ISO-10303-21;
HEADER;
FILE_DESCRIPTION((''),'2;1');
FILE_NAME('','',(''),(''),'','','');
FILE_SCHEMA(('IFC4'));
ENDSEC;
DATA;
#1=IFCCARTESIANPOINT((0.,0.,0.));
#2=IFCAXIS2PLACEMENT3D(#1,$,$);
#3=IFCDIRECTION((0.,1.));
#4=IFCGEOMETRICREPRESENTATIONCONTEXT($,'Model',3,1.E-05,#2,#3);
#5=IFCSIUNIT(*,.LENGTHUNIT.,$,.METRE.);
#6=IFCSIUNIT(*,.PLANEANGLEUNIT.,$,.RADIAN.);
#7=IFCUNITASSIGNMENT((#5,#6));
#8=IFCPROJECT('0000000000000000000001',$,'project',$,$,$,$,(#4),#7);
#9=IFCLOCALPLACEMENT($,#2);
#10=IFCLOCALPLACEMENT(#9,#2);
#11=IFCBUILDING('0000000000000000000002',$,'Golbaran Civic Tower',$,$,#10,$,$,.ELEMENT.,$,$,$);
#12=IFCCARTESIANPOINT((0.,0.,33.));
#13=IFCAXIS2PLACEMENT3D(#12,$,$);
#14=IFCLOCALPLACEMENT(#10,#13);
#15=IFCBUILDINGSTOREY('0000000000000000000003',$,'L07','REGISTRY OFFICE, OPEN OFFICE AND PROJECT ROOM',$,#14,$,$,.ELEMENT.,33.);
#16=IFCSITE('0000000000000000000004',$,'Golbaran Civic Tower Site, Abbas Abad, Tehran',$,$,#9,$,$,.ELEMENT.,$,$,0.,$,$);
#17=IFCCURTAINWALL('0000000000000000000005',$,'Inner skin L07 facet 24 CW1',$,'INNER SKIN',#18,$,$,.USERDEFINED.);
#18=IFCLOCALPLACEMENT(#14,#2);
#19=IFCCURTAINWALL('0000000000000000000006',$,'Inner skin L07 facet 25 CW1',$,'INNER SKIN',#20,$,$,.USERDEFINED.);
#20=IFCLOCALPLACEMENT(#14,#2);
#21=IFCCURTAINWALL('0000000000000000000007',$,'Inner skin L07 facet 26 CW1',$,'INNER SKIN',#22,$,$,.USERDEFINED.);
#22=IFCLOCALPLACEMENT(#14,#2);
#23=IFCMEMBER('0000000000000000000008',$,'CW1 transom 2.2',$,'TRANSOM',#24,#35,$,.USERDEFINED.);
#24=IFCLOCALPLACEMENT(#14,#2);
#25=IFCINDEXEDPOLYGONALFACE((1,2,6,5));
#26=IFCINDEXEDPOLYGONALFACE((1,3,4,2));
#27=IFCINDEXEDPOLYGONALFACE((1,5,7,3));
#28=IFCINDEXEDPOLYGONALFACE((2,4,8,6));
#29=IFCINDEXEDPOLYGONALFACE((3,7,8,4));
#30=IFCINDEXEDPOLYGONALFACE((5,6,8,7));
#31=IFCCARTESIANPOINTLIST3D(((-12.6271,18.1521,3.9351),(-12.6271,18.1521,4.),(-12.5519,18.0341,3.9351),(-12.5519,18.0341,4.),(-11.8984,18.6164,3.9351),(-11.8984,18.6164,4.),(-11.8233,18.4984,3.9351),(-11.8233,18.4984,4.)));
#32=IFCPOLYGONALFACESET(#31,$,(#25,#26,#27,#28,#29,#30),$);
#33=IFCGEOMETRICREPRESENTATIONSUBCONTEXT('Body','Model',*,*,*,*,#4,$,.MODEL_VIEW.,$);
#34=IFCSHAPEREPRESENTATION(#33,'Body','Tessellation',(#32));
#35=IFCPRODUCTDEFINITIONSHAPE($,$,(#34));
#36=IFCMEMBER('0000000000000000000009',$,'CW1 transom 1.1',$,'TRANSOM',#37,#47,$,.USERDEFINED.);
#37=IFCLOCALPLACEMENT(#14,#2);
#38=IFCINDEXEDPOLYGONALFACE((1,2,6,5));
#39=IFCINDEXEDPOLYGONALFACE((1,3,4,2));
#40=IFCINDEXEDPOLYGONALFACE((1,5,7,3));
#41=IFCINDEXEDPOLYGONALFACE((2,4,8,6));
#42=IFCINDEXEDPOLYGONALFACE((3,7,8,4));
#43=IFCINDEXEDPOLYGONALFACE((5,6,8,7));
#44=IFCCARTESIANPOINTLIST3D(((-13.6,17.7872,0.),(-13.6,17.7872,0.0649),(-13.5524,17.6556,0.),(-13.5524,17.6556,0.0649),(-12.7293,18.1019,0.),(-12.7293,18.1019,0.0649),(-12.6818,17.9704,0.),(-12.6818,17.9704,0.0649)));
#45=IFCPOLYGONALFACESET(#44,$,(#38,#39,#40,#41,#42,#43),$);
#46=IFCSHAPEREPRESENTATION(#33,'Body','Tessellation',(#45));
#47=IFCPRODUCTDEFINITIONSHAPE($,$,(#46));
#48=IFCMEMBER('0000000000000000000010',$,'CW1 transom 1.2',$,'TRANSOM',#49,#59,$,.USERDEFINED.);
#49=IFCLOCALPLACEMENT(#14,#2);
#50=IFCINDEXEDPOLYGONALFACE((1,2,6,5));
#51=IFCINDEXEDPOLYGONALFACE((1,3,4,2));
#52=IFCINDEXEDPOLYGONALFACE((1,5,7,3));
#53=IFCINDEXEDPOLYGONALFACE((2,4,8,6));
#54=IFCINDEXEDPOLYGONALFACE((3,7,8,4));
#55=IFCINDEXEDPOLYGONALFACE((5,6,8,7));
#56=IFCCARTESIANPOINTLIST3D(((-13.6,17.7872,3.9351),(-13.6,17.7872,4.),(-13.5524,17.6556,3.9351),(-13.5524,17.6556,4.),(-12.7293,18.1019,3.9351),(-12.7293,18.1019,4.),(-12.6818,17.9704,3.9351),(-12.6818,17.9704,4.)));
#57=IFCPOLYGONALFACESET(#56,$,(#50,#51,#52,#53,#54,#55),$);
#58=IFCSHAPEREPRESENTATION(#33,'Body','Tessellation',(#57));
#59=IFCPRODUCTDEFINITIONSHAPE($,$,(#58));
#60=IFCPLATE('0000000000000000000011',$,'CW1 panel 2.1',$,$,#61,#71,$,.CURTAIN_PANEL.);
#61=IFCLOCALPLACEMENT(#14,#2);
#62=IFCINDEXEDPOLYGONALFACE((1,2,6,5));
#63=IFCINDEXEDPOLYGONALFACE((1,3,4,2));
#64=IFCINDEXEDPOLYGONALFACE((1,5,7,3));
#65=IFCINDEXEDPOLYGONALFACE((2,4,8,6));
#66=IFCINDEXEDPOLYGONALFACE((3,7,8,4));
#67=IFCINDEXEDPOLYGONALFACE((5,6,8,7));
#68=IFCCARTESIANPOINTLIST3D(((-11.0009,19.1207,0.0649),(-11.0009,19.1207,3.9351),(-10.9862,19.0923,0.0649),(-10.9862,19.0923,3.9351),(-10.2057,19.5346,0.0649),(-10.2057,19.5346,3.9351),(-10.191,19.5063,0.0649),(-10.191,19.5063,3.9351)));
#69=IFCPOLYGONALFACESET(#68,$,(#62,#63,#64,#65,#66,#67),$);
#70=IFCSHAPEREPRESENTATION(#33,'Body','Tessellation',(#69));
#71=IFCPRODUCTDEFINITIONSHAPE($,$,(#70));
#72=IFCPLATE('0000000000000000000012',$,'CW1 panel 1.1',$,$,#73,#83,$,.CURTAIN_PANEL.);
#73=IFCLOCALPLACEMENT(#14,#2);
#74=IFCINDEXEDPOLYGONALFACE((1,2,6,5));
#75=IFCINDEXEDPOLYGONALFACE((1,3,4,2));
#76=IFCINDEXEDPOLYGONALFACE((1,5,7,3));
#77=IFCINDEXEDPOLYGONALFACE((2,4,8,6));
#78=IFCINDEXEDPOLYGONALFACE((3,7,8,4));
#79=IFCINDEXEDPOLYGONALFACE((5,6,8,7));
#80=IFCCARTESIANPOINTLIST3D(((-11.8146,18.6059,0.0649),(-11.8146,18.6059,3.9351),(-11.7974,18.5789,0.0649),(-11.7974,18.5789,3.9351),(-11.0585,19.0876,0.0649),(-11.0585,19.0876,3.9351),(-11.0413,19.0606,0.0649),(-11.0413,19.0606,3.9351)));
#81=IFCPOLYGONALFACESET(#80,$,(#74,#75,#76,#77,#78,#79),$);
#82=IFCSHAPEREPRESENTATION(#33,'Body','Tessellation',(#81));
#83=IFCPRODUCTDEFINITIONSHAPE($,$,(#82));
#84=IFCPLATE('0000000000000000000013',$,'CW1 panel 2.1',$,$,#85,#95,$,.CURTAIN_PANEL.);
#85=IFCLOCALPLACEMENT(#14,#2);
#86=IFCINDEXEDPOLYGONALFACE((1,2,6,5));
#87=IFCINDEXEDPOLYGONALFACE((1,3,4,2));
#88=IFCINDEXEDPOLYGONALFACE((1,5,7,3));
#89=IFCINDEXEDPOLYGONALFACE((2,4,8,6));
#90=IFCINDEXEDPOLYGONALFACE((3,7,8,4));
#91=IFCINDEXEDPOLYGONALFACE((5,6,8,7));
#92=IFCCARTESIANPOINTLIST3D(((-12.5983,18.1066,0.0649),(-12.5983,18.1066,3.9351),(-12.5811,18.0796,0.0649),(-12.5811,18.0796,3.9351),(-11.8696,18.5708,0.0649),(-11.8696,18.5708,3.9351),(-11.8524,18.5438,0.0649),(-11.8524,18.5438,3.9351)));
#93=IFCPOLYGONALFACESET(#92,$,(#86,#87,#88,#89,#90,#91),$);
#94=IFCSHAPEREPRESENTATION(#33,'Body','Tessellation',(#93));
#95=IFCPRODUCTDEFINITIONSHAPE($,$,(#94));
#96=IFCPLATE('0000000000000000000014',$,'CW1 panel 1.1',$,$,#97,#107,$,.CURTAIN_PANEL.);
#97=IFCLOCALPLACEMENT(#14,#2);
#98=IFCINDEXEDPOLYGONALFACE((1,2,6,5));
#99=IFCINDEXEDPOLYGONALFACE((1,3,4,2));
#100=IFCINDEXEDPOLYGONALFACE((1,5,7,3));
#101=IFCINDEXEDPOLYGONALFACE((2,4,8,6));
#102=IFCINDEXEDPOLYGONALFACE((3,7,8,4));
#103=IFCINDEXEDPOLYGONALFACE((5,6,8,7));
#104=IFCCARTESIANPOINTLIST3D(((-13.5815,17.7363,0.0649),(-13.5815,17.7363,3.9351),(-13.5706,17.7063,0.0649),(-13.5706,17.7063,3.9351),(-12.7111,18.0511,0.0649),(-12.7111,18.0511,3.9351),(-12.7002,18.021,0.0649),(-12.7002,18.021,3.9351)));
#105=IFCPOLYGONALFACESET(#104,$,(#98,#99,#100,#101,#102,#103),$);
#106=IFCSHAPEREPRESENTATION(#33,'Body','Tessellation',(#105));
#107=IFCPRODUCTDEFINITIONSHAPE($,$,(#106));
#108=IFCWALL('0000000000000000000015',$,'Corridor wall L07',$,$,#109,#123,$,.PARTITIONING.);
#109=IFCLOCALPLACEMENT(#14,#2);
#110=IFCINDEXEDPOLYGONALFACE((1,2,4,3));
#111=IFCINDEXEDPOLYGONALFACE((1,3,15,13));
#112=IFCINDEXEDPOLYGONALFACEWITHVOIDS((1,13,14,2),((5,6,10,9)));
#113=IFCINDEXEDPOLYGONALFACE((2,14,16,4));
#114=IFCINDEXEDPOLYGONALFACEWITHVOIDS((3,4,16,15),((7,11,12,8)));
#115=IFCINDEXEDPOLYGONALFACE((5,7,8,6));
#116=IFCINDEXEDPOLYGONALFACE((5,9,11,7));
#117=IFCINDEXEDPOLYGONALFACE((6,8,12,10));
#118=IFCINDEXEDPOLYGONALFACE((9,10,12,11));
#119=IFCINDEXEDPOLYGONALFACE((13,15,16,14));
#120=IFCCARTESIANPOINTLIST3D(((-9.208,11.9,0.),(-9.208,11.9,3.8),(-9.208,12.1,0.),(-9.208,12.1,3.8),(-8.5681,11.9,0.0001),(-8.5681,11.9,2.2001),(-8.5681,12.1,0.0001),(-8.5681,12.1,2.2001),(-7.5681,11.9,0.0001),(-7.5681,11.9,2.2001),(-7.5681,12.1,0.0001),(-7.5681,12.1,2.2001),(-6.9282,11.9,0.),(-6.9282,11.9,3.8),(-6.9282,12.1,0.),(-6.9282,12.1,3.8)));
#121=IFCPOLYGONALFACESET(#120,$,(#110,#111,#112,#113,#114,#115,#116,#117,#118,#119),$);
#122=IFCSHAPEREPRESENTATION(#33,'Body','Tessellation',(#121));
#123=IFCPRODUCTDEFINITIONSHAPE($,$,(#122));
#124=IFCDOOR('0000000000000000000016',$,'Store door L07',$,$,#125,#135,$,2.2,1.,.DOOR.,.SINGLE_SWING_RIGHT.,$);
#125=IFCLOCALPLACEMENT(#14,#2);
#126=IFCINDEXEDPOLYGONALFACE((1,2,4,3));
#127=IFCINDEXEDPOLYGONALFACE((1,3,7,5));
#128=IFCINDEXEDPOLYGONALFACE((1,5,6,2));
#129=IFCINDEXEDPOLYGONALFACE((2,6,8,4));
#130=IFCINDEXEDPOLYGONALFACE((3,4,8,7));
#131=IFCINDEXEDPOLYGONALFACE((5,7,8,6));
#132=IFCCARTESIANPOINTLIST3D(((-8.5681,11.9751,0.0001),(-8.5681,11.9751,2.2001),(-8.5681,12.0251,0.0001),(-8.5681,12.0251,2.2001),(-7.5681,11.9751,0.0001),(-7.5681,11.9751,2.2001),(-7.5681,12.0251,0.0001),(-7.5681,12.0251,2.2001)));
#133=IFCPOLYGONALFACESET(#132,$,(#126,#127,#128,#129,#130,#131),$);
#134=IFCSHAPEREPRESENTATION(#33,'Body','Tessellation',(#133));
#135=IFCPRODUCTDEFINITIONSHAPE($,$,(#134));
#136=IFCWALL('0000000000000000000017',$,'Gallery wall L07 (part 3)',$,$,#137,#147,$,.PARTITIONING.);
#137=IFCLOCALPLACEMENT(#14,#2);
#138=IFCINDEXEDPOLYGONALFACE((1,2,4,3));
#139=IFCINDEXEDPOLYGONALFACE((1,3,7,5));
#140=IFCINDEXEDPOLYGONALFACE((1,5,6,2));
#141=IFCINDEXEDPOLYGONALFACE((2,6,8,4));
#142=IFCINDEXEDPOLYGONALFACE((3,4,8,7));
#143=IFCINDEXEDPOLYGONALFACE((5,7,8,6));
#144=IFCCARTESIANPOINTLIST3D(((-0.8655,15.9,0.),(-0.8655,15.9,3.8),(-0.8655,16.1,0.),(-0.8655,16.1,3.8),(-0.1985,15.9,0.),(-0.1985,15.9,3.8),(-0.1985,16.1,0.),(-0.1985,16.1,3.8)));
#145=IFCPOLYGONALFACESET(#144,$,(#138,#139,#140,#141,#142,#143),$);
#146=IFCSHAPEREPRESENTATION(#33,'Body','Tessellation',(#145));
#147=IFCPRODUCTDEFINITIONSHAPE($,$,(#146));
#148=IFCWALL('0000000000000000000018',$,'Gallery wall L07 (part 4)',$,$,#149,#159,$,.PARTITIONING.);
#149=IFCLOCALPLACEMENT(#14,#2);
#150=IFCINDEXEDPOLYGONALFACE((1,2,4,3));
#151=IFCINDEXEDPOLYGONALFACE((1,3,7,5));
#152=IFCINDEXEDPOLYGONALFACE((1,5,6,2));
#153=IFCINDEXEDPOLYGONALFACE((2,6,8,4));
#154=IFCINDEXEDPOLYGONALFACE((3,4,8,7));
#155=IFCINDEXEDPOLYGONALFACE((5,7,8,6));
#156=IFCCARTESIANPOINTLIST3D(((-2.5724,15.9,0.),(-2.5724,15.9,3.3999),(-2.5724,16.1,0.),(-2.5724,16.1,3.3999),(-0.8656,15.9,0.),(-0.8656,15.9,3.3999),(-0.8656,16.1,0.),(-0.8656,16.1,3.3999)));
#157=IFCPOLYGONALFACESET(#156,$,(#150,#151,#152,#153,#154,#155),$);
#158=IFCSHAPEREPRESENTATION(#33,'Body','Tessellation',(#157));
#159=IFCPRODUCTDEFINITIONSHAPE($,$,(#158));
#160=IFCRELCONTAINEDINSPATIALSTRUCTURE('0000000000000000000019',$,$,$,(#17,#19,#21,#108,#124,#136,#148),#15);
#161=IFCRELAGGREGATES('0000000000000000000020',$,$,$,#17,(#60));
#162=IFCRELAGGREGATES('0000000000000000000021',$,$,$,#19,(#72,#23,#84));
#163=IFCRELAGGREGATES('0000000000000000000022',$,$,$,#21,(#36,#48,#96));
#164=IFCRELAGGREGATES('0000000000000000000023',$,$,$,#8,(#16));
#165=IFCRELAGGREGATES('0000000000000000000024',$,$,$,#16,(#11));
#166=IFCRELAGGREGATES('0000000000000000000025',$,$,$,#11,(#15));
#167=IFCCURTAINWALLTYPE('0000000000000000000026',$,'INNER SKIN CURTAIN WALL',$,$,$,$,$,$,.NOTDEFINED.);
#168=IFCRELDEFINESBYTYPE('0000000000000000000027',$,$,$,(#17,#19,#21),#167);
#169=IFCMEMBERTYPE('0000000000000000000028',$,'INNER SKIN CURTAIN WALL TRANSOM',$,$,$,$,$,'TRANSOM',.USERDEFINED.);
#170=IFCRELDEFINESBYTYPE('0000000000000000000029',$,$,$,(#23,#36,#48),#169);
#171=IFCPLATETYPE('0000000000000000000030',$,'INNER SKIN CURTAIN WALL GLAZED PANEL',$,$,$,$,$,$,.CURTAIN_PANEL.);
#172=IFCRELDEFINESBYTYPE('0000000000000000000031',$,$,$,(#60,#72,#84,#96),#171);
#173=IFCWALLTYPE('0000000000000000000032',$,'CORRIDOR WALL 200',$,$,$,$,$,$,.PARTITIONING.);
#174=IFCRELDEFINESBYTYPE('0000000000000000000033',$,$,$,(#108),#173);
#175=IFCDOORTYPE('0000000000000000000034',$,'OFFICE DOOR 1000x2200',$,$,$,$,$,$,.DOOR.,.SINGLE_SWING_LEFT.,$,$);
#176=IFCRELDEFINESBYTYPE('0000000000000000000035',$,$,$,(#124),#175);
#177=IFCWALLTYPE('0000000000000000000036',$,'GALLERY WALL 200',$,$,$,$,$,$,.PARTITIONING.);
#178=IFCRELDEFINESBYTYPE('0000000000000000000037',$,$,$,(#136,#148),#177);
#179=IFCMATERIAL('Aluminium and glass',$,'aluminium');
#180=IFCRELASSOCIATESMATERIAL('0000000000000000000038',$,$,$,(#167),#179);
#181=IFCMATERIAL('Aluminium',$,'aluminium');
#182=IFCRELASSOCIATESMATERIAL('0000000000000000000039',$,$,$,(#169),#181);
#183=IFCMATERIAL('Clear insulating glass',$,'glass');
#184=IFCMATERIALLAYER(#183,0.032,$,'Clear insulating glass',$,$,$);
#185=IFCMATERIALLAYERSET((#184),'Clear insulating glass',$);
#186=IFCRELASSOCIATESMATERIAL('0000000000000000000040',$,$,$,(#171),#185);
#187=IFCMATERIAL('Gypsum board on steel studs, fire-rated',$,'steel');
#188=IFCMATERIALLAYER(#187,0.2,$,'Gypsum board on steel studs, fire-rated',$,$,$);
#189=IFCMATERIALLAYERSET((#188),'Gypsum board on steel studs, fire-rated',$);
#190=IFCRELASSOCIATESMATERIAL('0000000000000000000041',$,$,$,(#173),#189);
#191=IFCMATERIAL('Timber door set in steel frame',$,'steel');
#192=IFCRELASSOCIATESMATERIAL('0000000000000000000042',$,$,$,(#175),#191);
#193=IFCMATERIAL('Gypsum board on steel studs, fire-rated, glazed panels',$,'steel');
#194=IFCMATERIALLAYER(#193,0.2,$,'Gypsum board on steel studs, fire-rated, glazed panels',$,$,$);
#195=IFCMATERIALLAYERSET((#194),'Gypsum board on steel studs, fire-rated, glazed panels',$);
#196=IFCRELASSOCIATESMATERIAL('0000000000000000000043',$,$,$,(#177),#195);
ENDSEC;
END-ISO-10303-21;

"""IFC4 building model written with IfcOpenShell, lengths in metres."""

from ifc_helpers import new_model, si_unit, direction, frame, frame_2d, origin, origin_2d, place, context, subcontext, project, spatial, rectangle, extrude, material, layer, layer_set, material_profile, profile_set, type_object, element, fill, aggregate, save


model = new_model("IFC4")

# Units and contexts
model_context = context("Model", 3, precision=1e-05, world=origin(), true_north=direction((0.0, 1.0)))
body_context = subcontext(model_context, "Body", "Model", "MODEL_VIEW")
ifc_project = project(units=[si_unit("LENGTHUNIT", "METRE"), si_unit("PLANEANGLEUNIT", "RADIAN")], contexts=[model_context])

# Site, building, storey
site_placement = place(None, origin())
site = spatial("IfcSite", under=ifc_project, at=site_placement, Name="Golbaran Civic Tower Site, Abbas Abad, Tehran", CompositionType="ELEMENT", RefElevation=0.0)
building_placement = place(site_placement, origin())
building = spatial("IfcBuilding", under=site, at=building_placement, Name="Golbaran Civic Tower", CompositionType="ELEMENT")
storey_placement = place(building_placement, frame((0.0, 0.0, 33.0)))
storey = spatial("IfcBuildingStorey", under=building, at=storey_placement, Name="L07", Description="REGISTRY OFFICE, OPEN OFFICE AND PROJECT ROOM", CompositionType="ELEMENT", Elevation=33.0)

# Curtain walls
ifc_material_1 = material(Name="Aluminium and glass", Category="aluminium")
curtain_wall_type = type_object("IfcCurtainWallType", Name="INNER SKIN CURTAIN WALL", PredefinedType="NOTDEFINED", material=ifc_material_1)
curtain_wall_1_placement = place(storey_placement, origin())
curtain_wall_1 = element("IfcCurtainWall", 1, at=curtain_wall_1_placement, inside=storey, type_object=curtain_wall_type, Name="Inner skin L07 facet 24 CW1", ObjectType="INNER SKIN", PredefinedType="USERDEFINED")
ifc_material_2 = material(Name="Aluminium", Category="aluminium")
curtain_wall_2_placement = place(storey_placement, origin())
curtain_wall_2 = element("IfcCurtainWall", 2, at=curtain_wall_2_placement, inside=storey, type_object=curtain_wall_type, Name="Inner skin L07 facet 25 CW1", ObjectType="INNER SKIN", PredefinedType="USERDEFINED")
curtain_wall_3_placement = place(storey_placement, origin())
curtain_wall_3 = element("IfcCurtainWall", 3, at=curtain_wall_3_placement, inside=storey, type_object=curtain_wall_type, Name="Inner skin L07 facet 26 CW1", ObjectType="INNER SKIN", PredefinedType="USERDEFINED")

# Members
ifc_material_profile_1 = material_profile(ifc_material_2, rectangle(XDim=0.1399, YDim=0.0649, at=origin_2d()), Name="INNER SKIN CURTAIN WALL TRANSOM")
ifc_profile_set_1 = profile_set([ifc_material_profile_1], Name="Aluminium")
member_type_1 = type_object("IfcMemberType", Name="INNER SKIN CURTAIN WALL TRANSOM", ElementType="TRANSOM", PredefinedType="USERDEFINED", material=ifc_profile_set_1)
member_1_placement = place(storey_placement, frame((-11.8608, 18.5574, 3.9675), z_axis=(-0.843347, -0.537369, 0.0), x_axis=(0.537369, -0.843347, 0.0)))
member_1 = element("IfcMember", 4, at=member_1_placement, type_object=member_type_1, Name="CW1 transom 2.2", ObjectType="TRANSOM", PredefinedType="USERDEFINED", context=body_context, shape_type="SweptSolid", body=[
    extrude(rectangle(XDim=0.1399, YDim=0.0649, at=origin_2d()), origin(), (0.0, 0.0, 1.0), 0.864),
])
member_2_placement = place(storey_placement, frame((-12.7056, 18.0361, 0.0325), z_axis=(-0.940446, -0.339943, 0.0), x_axis=(0.339943, -0.940446, 0.0)))
member_2 = element("IfcMember", 5, at=member_2_placement, type_object=member_type_1, Name="CW1 transom 1.1", ObjectType="TRANSOM", PredefinedType="USERDEFINED", context=body_context, shape_type="SweptSolid", body=[
    extrude(rectangle(XDim=0.1399, YDim=0.0649, at=origin_2d()), origin(), (0.0, 0.0, 1.0), 0.9258),
])
member_3_placement = place(storey_placement, frame((-12.7056, 18.0361, 3.9675), z_axis=(-0.940446, -0.339943, 0.0), x_axis=(0.339943, -0.940446, 0.0)))
member_3 = element("IfcMember", 6, at=member_3_placement, type_object=member_type_1, Name="CW1 transom 1.2", ObjectType="TRANSOM", PredefinedType="USERDEFINED", context=body_context, shape_type="SweptSolid", body=[
    extrude(rectangle(XDim=0.1399, YDim=0.0649, at=origin_2d()), origin(), (0.0, 0.0, 1.0), 0.9258),
])

# Plates
ifc_material_3 = material(Name="Clear insulating glass", Category="glass")
ifc_layer_1 = layer(ifc_material_3, 0.032, Name="Clear insulating glass")
ifc_layer_set_1 = layer_set([ifc_layer_1], Name="Clear insulating glass")
plate_type = type_object("IfcPlateType", Name="INNER SKIN CURTAIN WALL GLAZED PANEL", PredefinedType="CURTAIN_PANEL", material=ifc_layer_set_1)
plate_1_placement = place(storey_placement, frame((-10.5959, 19.3135, 0.0649), z_axis=(0.0, 0.0, 1.0), x_axis=(-0.887011, -0.461749, 0.0)))
plate_1 = element("IfcPlate", 7, at=plate_1_placement, type_object=plate_type, Name="CW1 panel 2.1", PredefinedType="CURTAIN_PANEL", context=body_context, shape_type="SweptSolid", body=[
    extrude(rectangle(XDim=0.8965, YDim=0.032, at=origin_2d()), origin(), (0.0, 0.0, 1.0), 3.8701),
])
aggregate(curtain_wall_1, [plate_1])
plate_2_placement = place(storey_placement, frame((-11.428, 18.8333, 0.0649), z_axis=(0.0, 0.0, 1.0), x_axis=(-0.843391, -0.5373, 0.0)))
plate_2 = element("IfcPlate", 8, at=plate_2_placement, type_object=plate_type, Name="CW1 panel 1.1", PredefinedType="CURTAIN_PANEL", context=body_context, shape_type="SweptSolid", body=[
    extrude(rectangle(XDim=0.8965, YDim=0.032, at=origin_2d()), origin(), (0.0, 0.0, 1.0), 3.8701),
])
plate_3_placement = place(storey_placement, frame((-12.2253, 18.3252, 0.0649), z_axis=(0.0, 0.0, 1.0), x_axis=(-0.843391, -0.5373, 0.0)))
plate_3 = element("IfcPlate", 9, at=plate_3_placement, type_object=plate_type, Name="CW1 panel 2.1", PredefinedType="CURTAIN_PANEL", context=body_context, shape_type="SweptSolid", body=[
    extrude(rectangle(XDim=0.864, YDim=0.032, at=origin_2d()), origin(), (0.0, 0.0, 1.0), 3.8701),
])
aggregate(curtain_wall_2, [plate_2, member_1, plate_3])
plate_4_placement = place(storey_placement, frame((-13.1409, 17.8787, 0.0649), z_axis=(0.0, 0.0, 1.0), x_axis=(-0.940409, -0.340045, 0.0)))
plate_4 = element("IfcPlate", 10, at=plate_4_placement, type_object=plate_type, Name="CW1 panel 1.1", PredefinedType="CURTAIN_PANEL", context=body_context, shape_type="SweptSolid", body=[
    extrude(rectangle(XDim=0.9255, YDim=0.032, at=origin_2d()), origin(), (0.0, 0.0, 1.0), 3.8701),
])
aggregate(curtain_wall_3, [member_2, member_3, plate_4])

# Wall, opening, door
ifc_material_4 = material(Name="Gypsum board on steel studs, fire-rated", Category="steel")
ifc_layer_2 = layer(ifc_material_4, 0.2, Name="Gypsum board on steel studs, fire-rated")
ifc_layer_set_2 = layer_set([ifc_layer_2], Name="Gypsum board on steel studs, fire-rated")
wall_type_1 = type_object("IfcWallType", Name="CORRIDOR WALL 200", PredefinedType="PARTITIONING", material=ifc_layer_set_2)
wall_1_placement = place(storey_placement, frame((-6.9282, 12.0, 0.0), z_axis=(0.0, 0.0, 1.0), x_axis=(-1.0, 0.0, 0.0)))
wall_1 = element("IfcWall", 11, at=wall_1_placement, inside=storey, type_object=wall_type_1, Name="Corridor wall L07", PredefinedType="PARTITIONING", context=body_context, shape_type="SweptSolid", body=[
    extrude(rectangle(XDim=2.2798, YDim=0.2, at=frame_2d((1.1399, 0.0))), origin(), (0.0, 0.0, 1.0), 3.8),
])
opening_1_placement = place(wall_1_placement, frame((0.6399, 0.0, 0.0)))
opening_1 = element("IfcOpeningElement", 12, at=opening_1_placement, cuts=wall_1, PredefinedType="OPENING", context=body_context, shape_type="SweptSolid", body=[
    extrude(rectangle(XDim=1.0, YDim=2.2, at=frame_2d((0.5, 1.1001))), frame((0.0, 0.1099, 0.0), z_axis=(0.0, -1.0, 0.0), x_axis=(1.0, 0.0, 0.0)), (0.0, 0.0, 1.0), 0.22),
])
ifc_material_5 = material(Name="Timber door set in steel frame", Category="steel")
door_type = type_object("IfcDoorType", Name="OFFICE DOOR 1000x2200", OperationType="SINGLE_SWING_LEFT", PredefinedType="DOOR", material=ifc_material_5)
door_1_placement = place(opening_1_placement, origin())
door_1 = element("IfcDoor", 13, at=door_1_placement, inside=storey, type_object=door_type, Name="Store door L07", OperationType="SINGLE_SWING_RIGHT", OverallHeight=2.2, OverallWidth=1.0, PredefinedType="DOOR", context=body_context, shape_type="SweptSolid", body=[
    extrude(rectangle(XDim=1.0, YDim=2.2, at=frame_2d((0.5, 1.1001))), frame((0.0, 0.0249, 0.0), z_axis=(0.0, -1.0, 0.0), x_axis=(1.0, 0.0, 0.0)), (0.0, 0.0, 1.0), 0.05),
])
fill(opening_1, door_1)

# Walls
ifc_material_6 = material(Name="Gypsum board on steel studs, fire-rated, glazed panels", Category="steel")
ifc_layer_3 = layer(ifc_material_6, 0.2, Name="Gypsum board on steel studs, fire-rated, glazed panels")
ifc_layer_set_3 = layer_set([ifc_layer_3], Name="Gypsum board on steel studs, fire-rated, glazed panels")
wall_type_2 = type_object("IfcWallType", Name="GALLERY WALL 200", PredefinedType="PARTITIONING", material=ifc_layer_set_3)
wall_2_placement = place(storey_placement, frame((-0.1985, 16.0, 0.0), z_axis=(0.0, 0.0, 1.0), x_axis=(-1.0, 0.0, 0.0)))
element("IfcWall", 14, at=wall_2_placement, inside=storey, type_object=wall_type_2, Name="Gallery wall L07 (part 3)", PredefinedType="PARTITIONING", context=body_context, shape_type="SweptSolid", body=[
    extrude(rectangle(XDim=0.667, YDim=0.2, at=frame_2d((0.3335, 0.0))), origin(), (0.0, 0.0, 1.0), 3.8),
])
wall_3_placement = place(storey_placement, frame((-0.8655, 16.0, 0.0), z_axis=(0.0, 0.0, 1.0), x_axis=(-1.0, 0.0, 0.0)))
element("IfcWall", 15, at=wall_3_placement, inside=storey, type_object=wall_type_2, Name="Gallery wall L07 (part 4)", PredefinedType="PARTITIONING", context=body_context, shape_type="SweptSolid", body=[
    extrude(rectangle(XDim=1.7068, YDim=0.2, at=frame_2d((0.8535, 0.0))), origin(), (0.0, 0.0, 1.0), 3.3999),
])

save(model, "model.ifc")
